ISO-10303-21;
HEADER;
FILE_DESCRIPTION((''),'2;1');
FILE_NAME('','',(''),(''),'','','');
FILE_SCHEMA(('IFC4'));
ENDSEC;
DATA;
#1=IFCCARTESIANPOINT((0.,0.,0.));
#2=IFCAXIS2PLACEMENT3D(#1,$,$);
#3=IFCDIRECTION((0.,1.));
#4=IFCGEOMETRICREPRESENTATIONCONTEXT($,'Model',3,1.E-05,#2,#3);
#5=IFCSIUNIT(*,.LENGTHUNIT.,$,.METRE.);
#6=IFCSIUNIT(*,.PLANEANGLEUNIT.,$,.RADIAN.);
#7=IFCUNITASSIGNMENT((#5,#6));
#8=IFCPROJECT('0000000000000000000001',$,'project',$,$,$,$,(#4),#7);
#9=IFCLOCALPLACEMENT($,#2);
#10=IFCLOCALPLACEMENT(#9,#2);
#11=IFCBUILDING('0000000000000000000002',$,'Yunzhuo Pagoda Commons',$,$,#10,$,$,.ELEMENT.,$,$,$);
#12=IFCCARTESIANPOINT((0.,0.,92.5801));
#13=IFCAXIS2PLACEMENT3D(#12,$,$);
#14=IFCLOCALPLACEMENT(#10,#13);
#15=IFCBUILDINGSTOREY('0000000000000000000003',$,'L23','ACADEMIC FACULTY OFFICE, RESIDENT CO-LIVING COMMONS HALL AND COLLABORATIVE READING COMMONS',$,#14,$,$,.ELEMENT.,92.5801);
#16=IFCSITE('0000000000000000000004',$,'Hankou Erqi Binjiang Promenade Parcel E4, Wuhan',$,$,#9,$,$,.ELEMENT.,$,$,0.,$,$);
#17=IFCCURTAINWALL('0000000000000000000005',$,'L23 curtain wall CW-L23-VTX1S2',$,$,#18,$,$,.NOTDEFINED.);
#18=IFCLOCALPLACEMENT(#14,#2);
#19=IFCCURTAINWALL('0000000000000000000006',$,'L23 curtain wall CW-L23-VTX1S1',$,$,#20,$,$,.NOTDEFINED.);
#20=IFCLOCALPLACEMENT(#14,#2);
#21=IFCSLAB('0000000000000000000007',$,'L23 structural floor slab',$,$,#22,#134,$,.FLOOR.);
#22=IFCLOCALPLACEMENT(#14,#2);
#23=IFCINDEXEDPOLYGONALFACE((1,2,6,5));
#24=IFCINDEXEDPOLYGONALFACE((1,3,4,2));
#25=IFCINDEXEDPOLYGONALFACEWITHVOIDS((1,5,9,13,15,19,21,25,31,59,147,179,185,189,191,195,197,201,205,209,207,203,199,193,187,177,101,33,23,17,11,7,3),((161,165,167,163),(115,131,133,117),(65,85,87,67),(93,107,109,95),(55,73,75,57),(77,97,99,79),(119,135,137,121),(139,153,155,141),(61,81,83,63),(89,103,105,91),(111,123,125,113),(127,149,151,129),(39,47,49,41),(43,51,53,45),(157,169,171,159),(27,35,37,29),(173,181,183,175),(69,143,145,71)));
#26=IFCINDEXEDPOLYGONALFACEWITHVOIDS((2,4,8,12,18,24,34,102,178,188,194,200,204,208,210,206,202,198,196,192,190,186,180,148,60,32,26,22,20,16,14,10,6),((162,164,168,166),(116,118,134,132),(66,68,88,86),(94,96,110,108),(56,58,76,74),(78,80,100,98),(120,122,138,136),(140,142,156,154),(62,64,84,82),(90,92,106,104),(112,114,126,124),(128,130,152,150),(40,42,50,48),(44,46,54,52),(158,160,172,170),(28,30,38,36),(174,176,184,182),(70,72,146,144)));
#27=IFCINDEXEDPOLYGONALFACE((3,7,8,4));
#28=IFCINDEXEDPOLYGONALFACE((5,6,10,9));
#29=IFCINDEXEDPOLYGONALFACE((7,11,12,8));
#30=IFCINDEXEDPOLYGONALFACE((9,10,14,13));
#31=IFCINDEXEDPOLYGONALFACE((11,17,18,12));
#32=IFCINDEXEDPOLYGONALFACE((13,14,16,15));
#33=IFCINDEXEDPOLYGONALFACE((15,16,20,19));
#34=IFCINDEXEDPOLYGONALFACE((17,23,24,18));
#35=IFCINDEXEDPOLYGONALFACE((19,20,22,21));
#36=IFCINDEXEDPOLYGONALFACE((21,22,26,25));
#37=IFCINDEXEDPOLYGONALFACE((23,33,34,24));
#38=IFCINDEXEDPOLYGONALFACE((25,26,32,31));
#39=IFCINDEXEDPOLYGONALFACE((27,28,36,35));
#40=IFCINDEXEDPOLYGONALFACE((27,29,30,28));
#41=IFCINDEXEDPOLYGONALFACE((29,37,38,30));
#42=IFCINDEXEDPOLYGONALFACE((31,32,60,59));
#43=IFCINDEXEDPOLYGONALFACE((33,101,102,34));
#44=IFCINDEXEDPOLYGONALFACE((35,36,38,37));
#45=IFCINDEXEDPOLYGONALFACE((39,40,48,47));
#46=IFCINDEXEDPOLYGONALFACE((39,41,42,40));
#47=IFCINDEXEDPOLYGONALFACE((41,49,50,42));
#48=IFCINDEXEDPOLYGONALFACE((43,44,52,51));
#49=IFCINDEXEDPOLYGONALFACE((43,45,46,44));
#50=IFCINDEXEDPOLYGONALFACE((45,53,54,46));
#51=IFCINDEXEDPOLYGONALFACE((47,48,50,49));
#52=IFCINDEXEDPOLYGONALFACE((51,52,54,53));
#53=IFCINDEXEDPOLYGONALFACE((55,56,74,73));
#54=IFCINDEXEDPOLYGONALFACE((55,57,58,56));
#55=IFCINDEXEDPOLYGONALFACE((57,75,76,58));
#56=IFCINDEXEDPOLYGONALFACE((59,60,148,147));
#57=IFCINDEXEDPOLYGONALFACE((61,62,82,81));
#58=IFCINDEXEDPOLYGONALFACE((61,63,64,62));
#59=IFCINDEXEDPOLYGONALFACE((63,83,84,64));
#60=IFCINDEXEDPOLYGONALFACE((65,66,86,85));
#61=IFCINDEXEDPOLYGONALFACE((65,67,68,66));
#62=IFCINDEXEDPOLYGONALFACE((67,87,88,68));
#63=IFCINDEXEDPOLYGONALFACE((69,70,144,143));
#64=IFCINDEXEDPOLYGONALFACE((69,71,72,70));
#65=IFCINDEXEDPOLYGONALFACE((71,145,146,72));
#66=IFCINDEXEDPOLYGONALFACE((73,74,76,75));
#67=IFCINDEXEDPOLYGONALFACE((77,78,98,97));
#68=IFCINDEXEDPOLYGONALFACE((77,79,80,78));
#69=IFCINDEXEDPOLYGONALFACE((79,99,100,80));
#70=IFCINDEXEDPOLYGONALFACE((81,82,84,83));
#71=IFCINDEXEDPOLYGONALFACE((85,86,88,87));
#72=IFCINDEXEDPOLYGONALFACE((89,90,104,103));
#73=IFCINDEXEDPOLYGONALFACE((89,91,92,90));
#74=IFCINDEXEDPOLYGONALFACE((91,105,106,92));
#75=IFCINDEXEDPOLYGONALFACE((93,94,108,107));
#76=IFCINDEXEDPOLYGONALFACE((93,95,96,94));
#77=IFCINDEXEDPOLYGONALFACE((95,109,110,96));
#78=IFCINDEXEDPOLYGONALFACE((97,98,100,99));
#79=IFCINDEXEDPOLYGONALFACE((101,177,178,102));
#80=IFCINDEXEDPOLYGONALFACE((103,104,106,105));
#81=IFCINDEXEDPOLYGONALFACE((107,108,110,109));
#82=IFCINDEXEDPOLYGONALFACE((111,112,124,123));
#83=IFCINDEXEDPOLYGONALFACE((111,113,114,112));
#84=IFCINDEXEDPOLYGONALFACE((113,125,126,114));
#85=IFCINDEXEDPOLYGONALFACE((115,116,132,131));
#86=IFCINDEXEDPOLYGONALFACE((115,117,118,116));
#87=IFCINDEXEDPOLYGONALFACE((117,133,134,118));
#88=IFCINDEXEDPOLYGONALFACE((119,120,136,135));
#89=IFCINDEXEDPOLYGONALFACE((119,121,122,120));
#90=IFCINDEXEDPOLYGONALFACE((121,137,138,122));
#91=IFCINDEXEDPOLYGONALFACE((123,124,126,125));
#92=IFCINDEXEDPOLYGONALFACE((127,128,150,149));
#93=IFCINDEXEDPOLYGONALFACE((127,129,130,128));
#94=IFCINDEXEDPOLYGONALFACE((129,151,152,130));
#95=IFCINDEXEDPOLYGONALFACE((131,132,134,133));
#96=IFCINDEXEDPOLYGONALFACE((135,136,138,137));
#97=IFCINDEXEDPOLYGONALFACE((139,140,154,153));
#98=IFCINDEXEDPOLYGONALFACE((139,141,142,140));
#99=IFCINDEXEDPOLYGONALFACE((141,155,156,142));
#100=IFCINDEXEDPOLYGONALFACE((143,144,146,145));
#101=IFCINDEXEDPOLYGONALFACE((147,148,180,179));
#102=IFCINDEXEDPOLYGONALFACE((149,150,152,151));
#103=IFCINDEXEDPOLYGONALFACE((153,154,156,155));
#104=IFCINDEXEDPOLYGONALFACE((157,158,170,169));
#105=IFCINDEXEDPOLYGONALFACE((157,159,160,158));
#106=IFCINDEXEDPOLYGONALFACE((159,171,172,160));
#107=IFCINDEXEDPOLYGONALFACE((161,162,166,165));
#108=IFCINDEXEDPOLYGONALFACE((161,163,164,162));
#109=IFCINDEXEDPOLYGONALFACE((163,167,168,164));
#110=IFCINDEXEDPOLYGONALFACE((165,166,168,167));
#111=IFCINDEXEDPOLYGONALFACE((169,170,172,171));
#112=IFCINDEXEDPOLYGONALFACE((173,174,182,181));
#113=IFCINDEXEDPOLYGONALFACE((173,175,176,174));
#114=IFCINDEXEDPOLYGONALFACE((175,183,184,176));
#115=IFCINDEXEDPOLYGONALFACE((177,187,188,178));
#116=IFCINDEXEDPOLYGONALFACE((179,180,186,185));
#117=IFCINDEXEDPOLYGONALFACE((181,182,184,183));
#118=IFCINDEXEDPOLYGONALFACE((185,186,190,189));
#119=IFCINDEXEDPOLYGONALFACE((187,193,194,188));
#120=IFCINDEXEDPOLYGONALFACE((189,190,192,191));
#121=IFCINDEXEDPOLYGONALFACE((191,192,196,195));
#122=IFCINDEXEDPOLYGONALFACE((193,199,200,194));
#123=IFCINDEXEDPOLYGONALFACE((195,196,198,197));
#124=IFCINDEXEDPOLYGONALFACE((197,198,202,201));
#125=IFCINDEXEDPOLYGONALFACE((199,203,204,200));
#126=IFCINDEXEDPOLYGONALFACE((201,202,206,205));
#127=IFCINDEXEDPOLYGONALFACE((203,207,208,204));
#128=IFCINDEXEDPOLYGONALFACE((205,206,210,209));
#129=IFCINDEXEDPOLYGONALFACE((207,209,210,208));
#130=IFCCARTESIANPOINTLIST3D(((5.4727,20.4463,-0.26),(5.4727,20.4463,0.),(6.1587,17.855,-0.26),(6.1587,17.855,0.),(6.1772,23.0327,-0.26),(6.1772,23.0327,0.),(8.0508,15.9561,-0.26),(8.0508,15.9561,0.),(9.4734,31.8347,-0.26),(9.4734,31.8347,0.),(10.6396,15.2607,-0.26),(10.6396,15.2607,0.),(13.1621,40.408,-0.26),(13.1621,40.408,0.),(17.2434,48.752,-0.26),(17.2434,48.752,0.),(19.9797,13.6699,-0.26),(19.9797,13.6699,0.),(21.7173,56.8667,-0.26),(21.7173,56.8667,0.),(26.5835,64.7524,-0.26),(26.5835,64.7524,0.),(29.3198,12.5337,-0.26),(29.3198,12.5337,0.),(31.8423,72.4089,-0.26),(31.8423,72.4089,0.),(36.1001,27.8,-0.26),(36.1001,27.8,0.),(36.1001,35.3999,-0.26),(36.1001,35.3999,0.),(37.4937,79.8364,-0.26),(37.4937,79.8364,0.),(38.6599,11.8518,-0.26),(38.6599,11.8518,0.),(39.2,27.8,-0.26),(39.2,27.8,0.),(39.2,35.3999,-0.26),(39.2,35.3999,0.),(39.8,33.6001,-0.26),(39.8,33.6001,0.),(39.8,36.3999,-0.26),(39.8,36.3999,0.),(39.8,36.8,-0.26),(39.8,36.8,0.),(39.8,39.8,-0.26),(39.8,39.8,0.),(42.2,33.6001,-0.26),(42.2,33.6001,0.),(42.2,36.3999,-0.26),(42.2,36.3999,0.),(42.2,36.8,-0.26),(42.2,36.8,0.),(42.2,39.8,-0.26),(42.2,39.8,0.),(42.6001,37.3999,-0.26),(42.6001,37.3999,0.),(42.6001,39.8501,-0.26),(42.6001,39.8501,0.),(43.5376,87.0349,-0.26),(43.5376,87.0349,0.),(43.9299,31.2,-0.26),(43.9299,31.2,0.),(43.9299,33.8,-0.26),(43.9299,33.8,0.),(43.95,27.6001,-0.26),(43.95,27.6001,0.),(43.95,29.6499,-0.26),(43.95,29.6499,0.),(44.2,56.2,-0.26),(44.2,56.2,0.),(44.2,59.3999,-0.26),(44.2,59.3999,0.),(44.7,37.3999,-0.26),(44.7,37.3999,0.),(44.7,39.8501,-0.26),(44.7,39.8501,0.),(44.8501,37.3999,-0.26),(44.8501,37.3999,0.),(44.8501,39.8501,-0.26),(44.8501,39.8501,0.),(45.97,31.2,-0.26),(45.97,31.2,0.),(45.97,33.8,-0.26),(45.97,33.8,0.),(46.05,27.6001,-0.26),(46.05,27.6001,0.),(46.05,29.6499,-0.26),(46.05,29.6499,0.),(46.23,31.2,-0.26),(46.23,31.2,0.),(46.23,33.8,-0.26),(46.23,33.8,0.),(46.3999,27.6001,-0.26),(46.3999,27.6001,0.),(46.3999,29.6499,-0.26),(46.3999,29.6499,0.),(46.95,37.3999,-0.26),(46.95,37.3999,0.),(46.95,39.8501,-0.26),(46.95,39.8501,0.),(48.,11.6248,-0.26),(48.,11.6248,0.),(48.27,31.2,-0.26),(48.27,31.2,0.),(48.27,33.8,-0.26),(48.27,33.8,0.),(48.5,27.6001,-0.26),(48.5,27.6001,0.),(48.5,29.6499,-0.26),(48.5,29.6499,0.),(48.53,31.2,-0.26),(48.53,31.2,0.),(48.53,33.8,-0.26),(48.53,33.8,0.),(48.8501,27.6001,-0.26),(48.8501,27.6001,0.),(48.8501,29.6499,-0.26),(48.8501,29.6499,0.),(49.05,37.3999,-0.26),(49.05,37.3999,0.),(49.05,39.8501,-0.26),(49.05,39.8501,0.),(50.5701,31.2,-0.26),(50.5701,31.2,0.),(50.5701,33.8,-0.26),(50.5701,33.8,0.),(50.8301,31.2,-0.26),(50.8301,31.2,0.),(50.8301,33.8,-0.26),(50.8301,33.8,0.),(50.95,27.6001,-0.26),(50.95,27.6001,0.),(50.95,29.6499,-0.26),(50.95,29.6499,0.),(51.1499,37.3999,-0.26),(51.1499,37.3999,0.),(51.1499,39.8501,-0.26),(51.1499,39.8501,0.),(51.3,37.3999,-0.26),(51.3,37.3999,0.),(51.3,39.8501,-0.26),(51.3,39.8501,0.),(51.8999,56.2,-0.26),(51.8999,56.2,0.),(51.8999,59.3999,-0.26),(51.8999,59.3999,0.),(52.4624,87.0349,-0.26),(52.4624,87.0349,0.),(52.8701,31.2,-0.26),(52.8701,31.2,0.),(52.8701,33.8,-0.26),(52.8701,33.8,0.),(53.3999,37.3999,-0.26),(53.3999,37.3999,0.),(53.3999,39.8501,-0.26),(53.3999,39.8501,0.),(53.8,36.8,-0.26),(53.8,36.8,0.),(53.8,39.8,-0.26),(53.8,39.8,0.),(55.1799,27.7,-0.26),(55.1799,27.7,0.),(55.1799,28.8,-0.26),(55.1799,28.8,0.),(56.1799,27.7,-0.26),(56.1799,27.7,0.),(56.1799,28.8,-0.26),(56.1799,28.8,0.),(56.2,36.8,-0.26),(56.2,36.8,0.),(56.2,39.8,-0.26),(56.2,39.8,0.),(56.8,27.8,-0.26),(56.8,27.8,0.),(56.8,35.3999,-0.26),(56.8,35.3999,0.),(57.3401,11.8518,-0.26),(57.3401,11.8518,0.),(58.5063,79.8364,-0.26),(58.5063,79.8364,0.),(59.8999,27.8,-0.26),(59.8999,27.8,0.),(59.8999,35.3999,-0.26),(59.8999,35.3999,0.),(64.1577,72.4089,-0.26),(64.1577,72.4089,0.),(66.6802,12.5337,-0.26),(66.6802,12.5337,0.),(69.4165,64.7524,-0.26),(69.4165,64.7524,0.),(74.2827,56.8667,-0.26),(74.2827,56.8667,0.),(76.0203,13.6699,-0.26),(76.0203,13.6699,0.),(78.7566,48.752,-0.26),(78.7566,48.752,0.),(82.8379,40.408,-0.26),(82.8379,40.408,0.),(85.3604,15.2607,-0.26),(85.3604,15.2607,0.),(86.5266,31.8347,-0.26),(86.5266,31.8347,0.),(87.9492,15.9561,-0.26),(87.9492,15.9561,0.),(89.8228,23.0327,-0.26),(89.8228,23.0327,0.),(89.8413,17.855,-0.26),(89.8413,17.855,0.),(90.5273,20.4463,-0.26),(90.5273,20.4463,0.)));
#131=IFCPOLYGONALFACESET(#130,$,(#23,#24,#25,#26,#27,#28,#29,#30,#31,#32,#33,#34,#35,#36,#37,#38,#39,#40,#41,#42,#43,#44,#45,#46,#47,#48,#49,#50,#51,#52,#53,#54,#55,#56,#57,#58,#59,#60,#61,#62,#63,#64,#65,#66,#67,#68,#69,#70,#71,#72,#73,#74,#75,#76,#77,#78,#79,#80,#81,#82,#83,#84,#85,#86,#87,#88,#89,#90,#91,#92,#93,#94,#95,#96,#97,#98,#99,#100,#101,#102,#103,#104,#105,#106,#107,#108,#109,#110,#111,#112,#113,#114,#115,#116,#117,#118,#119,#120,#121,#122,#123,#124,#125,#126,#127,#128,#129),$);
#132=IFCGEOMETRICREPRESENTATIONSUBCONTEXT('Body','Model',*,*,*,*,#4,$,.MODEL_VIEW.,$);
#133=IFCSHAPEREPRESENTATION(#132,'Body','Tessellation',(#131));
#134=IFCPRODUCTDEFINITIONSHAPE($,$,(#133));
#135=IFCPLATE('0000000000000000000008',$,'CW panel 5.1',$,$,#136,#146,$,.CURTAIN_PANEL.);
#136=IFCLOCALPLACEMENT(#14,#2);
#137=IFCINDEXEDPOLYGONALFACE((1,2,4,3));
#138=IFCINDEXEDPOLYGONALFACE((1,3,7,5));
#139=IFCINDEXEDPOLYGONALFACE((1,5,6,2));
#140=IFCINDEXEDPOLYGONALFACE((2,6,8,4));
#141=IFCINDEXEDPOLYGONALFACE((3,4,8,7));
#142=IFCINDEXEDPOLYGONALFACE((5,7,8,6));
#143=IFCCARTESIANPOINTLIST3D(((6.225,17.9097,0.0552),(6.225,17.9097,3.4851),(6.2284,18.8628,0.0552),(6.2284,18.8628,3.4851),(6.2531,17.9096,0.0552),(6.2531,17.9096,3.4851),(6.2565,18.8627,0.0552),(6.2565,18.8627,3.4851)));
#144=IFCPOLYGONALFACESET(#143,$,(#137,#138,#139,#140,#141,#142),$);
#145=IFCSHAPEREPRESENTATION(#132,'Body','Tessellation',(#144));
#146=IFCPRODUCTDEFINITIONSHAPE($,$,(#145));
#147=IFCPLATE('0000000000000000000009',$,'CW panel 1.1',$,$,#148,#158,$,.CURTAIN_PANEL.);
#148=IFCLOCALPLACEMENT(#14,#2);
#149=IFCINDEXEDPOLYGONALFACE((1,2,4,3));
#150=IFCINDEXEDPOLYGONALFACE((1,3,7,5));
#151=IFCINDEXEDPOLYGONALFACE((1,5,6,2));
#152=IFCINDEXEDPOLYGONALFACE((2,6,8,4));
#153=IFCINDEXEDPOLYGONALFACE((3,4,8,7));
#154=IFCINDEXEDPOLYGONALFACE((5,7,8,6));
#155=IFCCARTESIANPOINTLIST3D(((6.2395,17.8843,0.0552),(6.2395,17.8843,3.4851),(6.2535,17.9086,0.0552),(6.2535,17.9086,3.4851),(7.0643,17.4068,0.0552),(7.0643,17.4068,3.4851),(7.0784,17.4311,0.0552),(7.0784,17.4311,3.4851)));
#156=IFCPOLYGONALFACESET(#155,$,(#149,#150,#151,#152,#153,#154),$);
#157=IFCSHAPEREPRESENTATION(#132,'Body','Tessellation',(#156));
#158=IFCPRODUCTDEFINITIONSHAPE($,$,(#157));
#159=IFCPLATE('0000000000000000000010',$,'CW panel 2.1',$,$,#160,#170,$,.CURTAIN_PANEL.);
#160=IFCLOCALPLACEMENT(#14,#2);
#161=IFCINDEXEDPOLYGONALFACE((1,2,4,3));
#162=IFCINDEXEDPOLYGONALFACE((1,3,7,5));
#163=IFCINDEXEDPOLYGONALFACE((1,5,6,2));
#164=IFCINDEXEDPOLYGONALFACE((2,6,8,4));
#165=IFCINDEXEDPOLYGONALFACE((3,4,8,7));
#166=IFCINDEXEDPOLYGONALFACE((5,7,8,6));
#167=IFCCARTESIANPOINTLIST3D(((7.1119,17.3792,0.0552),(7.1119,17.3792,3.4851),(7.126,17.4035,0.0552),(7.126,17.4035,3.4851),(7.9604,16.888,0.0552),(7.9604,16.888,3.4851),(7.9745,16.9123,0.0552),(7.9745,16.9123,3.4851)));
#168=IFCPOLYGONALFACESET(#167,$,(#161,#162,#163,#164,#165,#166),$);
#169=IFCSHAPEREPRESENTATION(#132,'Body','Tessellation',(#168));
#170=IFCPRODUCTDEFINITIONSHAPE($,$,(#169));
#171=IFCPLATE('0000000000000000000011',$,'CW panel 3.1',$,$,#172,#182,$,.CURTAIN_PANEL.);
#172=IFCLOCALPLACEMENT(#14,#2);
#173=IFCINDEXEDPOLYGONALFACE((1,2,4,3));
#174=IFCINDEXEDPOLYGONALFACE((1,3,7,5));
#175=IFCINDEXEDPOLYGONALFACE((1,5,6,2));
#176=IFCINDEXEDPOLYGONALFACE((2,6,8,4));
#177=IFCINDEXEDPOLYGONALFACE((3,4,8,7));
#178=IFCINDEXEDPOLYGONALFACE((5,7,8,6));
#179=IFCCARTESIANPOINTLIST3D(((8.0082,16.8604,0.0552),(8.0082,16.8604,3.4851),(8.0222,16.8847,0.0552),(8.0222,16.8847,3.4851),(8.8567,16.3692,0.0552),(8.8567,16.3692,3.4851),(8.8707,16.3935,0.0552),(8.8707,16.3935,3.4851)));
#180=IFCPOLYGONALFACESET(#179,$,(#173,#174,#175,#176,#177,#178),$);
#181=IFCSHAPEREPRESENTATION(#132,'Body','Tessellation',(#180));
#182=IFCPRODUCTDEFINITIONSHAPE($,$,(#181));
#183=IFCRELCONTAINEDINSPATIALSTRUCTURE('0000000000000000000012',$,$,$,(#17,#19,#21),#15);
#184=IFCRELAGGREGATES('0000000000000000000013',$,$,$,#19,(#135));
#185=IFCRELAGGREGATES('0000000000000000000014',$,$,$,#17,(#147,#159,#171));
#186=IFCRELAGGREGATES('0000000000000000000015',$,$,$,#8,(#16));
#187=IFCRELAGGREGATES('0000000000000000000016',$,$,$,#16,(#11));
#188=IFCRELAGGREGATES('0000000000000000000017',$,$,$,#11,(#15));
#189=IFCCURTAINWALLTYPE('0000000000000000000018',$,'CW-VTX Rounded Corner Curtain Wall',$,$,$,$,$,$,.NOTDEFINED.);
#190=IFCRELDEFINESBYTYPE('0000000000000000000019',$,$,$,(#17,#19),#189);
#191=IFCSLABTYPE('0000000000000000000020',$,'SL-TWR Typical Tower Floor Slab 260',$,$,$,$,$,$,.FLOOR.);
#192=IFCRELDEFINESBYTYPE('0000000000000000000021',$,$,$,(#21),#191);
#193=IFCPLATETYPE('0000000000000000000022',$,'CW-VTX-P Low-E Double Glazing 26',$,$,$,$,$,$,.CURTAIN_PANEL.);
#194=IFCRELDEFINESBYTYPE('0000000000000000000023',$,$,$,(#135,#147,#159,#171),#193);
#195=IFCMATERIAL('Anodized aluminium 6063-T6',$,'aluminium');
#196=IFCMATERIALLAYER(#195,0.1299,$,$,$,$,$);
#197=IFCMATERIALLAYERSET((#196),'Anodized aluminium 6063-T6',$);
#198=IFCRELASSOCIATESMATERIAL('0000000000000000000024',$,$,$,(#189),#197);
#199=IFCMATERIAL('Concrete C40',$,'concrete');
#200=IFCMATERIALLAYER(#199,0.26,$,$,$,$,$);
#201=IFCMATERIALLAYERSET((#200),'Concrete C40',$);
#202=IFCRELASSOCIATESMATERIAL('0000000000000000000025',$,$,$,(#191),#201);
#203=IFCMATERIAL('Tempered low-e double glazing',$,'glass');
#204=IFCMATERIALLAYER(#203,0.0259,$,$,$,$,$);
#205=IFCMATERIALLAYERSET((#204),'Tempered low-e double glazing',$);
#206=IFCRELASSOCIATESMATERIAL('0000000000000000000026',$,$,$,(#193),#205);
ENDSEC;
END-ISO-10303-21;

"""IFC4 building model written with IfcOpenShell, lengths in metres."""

from ifc_helpers import new_model, si_unit, direction, frame, origin, origin_2d, place, context, subcontext, project, spatial, polyline, rectangle, outline, extrude, source, transform, mapped, material, layer, layer_set, type_object, element, aggregate, save


model = new_model("IFC4")

# Units and contexts
model_context = context("Model", 3, precision=1e-05, world=origin(), true_north=direction((0.0, 1.0)))
body_context = subcontext(model_context, "Body", "Model", "MODEL_VIEW")
ifc_project = project(units=[si_unit("LENGTHUNIT", "METRE"), si_unit("PLANEANGLEUNIT", "RADIAN")], contexts=[model_context])

# Site, building, storey
site_placement = place(None, origin())
site = spatial("IfcSite", under=ifc_project, at=site_placement, Name="Hankou Erqi Binjiang Promenade Parcel E4, Wuhan", CompositionType="ELEMENT", RefElevation=0.0)
building_placement = place(site_placement, origin())
building = spatial("IfcBuilding", under=site, at=building_placement, Name="Yunzhuo Pagoda Commons", CompositionType="ELEMENT")
storey_placement = place(building_placement, frame((0.0, 0.0, 92.5801)))
storey = spatial("IfcBuildingStorey", under=building, at=storey_placement, Name="L23", Description="ACADEMIC FACULTY OFFICE, RESIDENT CO-LIVING COMMONS HALL AND COLLABORATIVE READING COMMONS", CompositionType="ELEMENT", Elevation=92.5801)

# Curtain wall
ifc_material_1 = material(Name="Anodized aluminium 6063-T6", Category="aluminium")
ifc_layer_1 = layer(ifc_material_1, 0.1299)
ifc_layer_set_1 = layer_set([ifc_layer_1], Name="Anodized aluminium 6063-T6")
curtain_wall_type = type_object("IfcCurtainWallType", Name="CW-VTX Rounded Corner Curtain Wall", PredefinedType="NOTDEFINED", material=ifc_layer_set_1)
curtain_wall_1_placement = place(storey_placement, origin())
curtain_wall_1 = element("IfcCurtainWall", 1, at=curtain_wall_1_placement, inside=storey, type_object=curtain_wall_type, Name="L23 curtain wall CW-L23-VTX1S2", PredefinedType="NOTDEFINED")

# Curtain wall
curtain_wall_2_placement = place(storey_placement, origin())
curtain_wall_2 = element("IfcCurtainWall", 2, at=curtain_wall_2_placement, inside=storey, type_object=curtain_wall_type, Name="L23 curtain wall CW-L23-VTX1S1", PredefinedType="NOTDEFINED")

# Shared definitions
ifc_material_2 = material(Name="Concrete C40", Category="concrete")

# Slab
ifc_layer_2 = layer(ifc_material_2, 0.26)
ifc_layer_set_2 = layer_set([ifc_layer_2], Name="Concrete C40")
slab_type_1 = type_object("IfcSlabType", Name="SL-TWR Typical Tower Floor Slab 260", PredefinedType="FLOOR", material=ifc_layer_set_2)
slab_1_placement = place(storey_placement, frame((0.0, 0.0, -0.26)))
element("IfcSlab", 3, at=slab_1_placement, inside=storey, type_object=slab_type_1, Name="L23 structural floor slab", PredefinedType="FLOOR", context=body_context, shape_type="SweptSolid", body=[
    extrude(outline(polyline([(9.4734, 31.8347), (13.1621, 40.408), (17.2434, 48.752), (21.7173, 56.8667), (26.5835, 64.7524), (31.8423, 72.4089), (37.4937, 79.8364), (43.5376, 87.0349), (52.4624, 87.0349), (58.5063, 79.8364), (64.1577, 72.4089), (69.4165, 64.7524), (74.2827, 56.8667), (78.7566, 48.752), (82.8379, 40.408), (86.5266, 31.8347), (89.8228, 23.0327), (90.5273, 20.4463), (89.8413, 17.855), (87.9492, 15.9561), (85.3604, 15.2607), (76.0203, 13.6699), (66.6802, 12.5337), (57.3401, 11.8518), (48.0, 11.6248), (38.6599, 11.8518), (29.3198, 12.5337), (19.9797, 13.6699), (10.6396, 15.2607), (8.0508, 15.9561), (6.1587, 17.855), (5.4727, 20.4463), (6.1772, 23.0327), (9.4734, 31.8347)]), holes=[polyline([(46.05, 27.6001), (46.05, 29.6499), (43.95, 29.6499), (43.95, 27.6001), (46.05, 27.6001)]), polyline([(48.5, 27.6001), (48.5, 29.6499), (46.3999, 29.6499), (46.3999, 27.6001), (48.5, 27.6001)]), polyline([(36.1001, 27.8), (39.2, 27.8), (39.2, 35.3999), (36.1001, 35.3999), (36.1001, 27.8)]), polyline([(45.97, 31.2), (45.97, 33.8), (43.9299, 33.8), (43.9299, 31.2), (45.97, 31.2)]), polyline([(48.27, 31.2), (48.27, 33.8), (46.23, 33.8), (46.23, 31.2), (48.27, 31.2)]), polyline([(42.2, 33.6001), (42.2, 36.3999), (39.8, 36.3999), (39.8, 33.6001), (42.2, 33.6001)]), polyline([(42.2, 36.8), (42.2, 39.8), (39.8, 39.8), (39.8, 36.8), (42.2, 36.8)]), polyline([(42.6001, 37.3999), (44.7, 37.3999), (44.7, 39.8501), (42.6001, 39.8501), (42.6001, 37.3999)]), polyline([(44.8501, 37.3999), (46.95, 37.3999), (46.95, 39.8501), (44.8501, 39.8501), (44.8501, 37.3999)]), polyline([(56.1799, 27.7), (56.1799, 28.8), (55.1799, 28.8), (55.1799, 27.7), (56.1799, 27.7)]), polyline([(50.95, 27.6001), (50.95, 29.6499), (48.8501, 29.6499), (48.8501, 27.6001), (50.95, 27.6001)]), polyline([(56.8, 27.8), (59.8999, 27.8), (59.8999, 35.3999), (56.8, 35.3999), (56.8, 27.8)]), polyline([(50.5701, 31.2), (50.5701, 33.8), (48.53, 33.8), (48.53, 31.2), (50.5701, 31.2)]), polyline([(52.8701, 31.2), (52.8701, 33.8), (50.8301, 33.8), (50.8301, 31.2), (52.8701, 31.2)]), polyline([(56.2, 36.8), (56.2, 39.8), (53.8, 39.8), (53.8, 36.8), (56.2, 36.8)]), polyline([(51.1499, 37.3999), (51.1499, 39.8501), (49.05, 39.8501), (49.05, 37.3999), (51.1499, 37.3999)]), polyline([(51.3, 37.3999), (53.3999, 37.3999), (53.3999, 39.8501), (51.3, 39.8501), (51.3, 37.3999)]), polyline([(44.2, 56.2), (51.8999, 56.2), (51.8999, 59.3999), (44.2, 59.3999), (44.2, 56.2)])]), origin(), (0.0, 0.0, 1.0), 0.26),
])

# Plates
ifc_material_3 = material(Name="Tempered low-e double glazing", Category="glass")
ifc_layer_3 = layer(ifc_material_3, 0.0259)
ifc_layer_set_3 = layer_set([ifc_layer_3], Name="Tempered low-e double glazing")
plate_type = type_object("IfcPlateType", Name="CW-VTX-P Low-E Double Glazing 26", PredefinedType="CURTAIN_PANEL", material=ifc_layer_set_3)
shared_shape_1 = source(origin(), body_context, "Body", "SweptSolid", [
    extrude(rectangle(XDim=0.9531, YDim=0.0281, at=origin_2d()), origin(), (0.0, 0.0, 1.0), 3.4299),
])
plate_1_placement = place(storey_placement, frame((6.2407, 18.3862, 0.0552), z_axis=(0.0, 0.0, 1.0), x_axis=(-0.003573, -0.999994, 0.0)))
plate_1 = element("IfcPlate", 4, at=plate_1_placement, type_object=plate_type, Name="CW panel 5.1", PredefinedType="CURTAIN_PANEL", context=body_context, shape_type="MappedRepresentation", body=[
    mapped(shared_shape_1, transform((0.0, 0.0, 0.0), scale=1.0)),
])
aggregate(curtain_wall_2, [plate_1])
plate_2_placement = place(storey_placement, frame((6.6589, 17.6577, 0.0552), z_axis=(0.0, 0.0, 1.0), x_axis=(0.865427, -0.501036, 0.0)))
plate_2 = element("IfcPlate", 5, at=plate_2_placement, type_object=plate_type, Name="CW panel 1.1", PredefinedType="CURTAIN_PANEL", context=body_context, shape_type="MappedRepresentation", body=[
    mapped(shared_shape_1, transform((0.0, 0.0, 0.0), scale=1.0)),
])
shared_shape_2 = source(origin(), body_context, "Body", "SweptSolid", [
    extrude(rectangle(XDim=0.9805, YDim=0.0281, at=origin_2d()), origin(), (0.0, 0.0, 1.0), 3.4299),
])
plate_3_placement = place(storey_placement, frame((7.5432, 17.1458, 0.0552), z_axis=(0.0, 0.0, 1.0), x_axis=(0.865427, -0.501036, 0.0)))
plate_3 = element("IfcPlate", 6, at=plate_3_placement, type_object=plate_type, Name="CW panel 2.1", PredefinedType="CURTAIN_PANEL", context=body_context, shape_type="MappedRepresentation", body=[
    mapped(shared_shape_2, transform((0.0, 0.0, 0.0), scale=1.0)),
])
plate_4_placement = place(storey_placement, frame((8.4395, 16.627, 0.0552), z_axis=(0.0, 0.0, 1.0), x_axis=(0.865427, -0.501036, 0.0)))
plate_4 = element("IfcPlate", 7, at=plate_4_placement, type_object=plate_type, Name="CW panel 3.1", PredefinedType="CURTAIN_PANEL", context=body_context, shape_type="MappedRepresentation", body=[
    mapped(shared_shape_2, transform((0.0, 0.0, 0.0), scale=1.0)),
])
aggregate(curtain_wall_1, [plate_2, plate_3, plate_4])

save(model, "model.ifc")
